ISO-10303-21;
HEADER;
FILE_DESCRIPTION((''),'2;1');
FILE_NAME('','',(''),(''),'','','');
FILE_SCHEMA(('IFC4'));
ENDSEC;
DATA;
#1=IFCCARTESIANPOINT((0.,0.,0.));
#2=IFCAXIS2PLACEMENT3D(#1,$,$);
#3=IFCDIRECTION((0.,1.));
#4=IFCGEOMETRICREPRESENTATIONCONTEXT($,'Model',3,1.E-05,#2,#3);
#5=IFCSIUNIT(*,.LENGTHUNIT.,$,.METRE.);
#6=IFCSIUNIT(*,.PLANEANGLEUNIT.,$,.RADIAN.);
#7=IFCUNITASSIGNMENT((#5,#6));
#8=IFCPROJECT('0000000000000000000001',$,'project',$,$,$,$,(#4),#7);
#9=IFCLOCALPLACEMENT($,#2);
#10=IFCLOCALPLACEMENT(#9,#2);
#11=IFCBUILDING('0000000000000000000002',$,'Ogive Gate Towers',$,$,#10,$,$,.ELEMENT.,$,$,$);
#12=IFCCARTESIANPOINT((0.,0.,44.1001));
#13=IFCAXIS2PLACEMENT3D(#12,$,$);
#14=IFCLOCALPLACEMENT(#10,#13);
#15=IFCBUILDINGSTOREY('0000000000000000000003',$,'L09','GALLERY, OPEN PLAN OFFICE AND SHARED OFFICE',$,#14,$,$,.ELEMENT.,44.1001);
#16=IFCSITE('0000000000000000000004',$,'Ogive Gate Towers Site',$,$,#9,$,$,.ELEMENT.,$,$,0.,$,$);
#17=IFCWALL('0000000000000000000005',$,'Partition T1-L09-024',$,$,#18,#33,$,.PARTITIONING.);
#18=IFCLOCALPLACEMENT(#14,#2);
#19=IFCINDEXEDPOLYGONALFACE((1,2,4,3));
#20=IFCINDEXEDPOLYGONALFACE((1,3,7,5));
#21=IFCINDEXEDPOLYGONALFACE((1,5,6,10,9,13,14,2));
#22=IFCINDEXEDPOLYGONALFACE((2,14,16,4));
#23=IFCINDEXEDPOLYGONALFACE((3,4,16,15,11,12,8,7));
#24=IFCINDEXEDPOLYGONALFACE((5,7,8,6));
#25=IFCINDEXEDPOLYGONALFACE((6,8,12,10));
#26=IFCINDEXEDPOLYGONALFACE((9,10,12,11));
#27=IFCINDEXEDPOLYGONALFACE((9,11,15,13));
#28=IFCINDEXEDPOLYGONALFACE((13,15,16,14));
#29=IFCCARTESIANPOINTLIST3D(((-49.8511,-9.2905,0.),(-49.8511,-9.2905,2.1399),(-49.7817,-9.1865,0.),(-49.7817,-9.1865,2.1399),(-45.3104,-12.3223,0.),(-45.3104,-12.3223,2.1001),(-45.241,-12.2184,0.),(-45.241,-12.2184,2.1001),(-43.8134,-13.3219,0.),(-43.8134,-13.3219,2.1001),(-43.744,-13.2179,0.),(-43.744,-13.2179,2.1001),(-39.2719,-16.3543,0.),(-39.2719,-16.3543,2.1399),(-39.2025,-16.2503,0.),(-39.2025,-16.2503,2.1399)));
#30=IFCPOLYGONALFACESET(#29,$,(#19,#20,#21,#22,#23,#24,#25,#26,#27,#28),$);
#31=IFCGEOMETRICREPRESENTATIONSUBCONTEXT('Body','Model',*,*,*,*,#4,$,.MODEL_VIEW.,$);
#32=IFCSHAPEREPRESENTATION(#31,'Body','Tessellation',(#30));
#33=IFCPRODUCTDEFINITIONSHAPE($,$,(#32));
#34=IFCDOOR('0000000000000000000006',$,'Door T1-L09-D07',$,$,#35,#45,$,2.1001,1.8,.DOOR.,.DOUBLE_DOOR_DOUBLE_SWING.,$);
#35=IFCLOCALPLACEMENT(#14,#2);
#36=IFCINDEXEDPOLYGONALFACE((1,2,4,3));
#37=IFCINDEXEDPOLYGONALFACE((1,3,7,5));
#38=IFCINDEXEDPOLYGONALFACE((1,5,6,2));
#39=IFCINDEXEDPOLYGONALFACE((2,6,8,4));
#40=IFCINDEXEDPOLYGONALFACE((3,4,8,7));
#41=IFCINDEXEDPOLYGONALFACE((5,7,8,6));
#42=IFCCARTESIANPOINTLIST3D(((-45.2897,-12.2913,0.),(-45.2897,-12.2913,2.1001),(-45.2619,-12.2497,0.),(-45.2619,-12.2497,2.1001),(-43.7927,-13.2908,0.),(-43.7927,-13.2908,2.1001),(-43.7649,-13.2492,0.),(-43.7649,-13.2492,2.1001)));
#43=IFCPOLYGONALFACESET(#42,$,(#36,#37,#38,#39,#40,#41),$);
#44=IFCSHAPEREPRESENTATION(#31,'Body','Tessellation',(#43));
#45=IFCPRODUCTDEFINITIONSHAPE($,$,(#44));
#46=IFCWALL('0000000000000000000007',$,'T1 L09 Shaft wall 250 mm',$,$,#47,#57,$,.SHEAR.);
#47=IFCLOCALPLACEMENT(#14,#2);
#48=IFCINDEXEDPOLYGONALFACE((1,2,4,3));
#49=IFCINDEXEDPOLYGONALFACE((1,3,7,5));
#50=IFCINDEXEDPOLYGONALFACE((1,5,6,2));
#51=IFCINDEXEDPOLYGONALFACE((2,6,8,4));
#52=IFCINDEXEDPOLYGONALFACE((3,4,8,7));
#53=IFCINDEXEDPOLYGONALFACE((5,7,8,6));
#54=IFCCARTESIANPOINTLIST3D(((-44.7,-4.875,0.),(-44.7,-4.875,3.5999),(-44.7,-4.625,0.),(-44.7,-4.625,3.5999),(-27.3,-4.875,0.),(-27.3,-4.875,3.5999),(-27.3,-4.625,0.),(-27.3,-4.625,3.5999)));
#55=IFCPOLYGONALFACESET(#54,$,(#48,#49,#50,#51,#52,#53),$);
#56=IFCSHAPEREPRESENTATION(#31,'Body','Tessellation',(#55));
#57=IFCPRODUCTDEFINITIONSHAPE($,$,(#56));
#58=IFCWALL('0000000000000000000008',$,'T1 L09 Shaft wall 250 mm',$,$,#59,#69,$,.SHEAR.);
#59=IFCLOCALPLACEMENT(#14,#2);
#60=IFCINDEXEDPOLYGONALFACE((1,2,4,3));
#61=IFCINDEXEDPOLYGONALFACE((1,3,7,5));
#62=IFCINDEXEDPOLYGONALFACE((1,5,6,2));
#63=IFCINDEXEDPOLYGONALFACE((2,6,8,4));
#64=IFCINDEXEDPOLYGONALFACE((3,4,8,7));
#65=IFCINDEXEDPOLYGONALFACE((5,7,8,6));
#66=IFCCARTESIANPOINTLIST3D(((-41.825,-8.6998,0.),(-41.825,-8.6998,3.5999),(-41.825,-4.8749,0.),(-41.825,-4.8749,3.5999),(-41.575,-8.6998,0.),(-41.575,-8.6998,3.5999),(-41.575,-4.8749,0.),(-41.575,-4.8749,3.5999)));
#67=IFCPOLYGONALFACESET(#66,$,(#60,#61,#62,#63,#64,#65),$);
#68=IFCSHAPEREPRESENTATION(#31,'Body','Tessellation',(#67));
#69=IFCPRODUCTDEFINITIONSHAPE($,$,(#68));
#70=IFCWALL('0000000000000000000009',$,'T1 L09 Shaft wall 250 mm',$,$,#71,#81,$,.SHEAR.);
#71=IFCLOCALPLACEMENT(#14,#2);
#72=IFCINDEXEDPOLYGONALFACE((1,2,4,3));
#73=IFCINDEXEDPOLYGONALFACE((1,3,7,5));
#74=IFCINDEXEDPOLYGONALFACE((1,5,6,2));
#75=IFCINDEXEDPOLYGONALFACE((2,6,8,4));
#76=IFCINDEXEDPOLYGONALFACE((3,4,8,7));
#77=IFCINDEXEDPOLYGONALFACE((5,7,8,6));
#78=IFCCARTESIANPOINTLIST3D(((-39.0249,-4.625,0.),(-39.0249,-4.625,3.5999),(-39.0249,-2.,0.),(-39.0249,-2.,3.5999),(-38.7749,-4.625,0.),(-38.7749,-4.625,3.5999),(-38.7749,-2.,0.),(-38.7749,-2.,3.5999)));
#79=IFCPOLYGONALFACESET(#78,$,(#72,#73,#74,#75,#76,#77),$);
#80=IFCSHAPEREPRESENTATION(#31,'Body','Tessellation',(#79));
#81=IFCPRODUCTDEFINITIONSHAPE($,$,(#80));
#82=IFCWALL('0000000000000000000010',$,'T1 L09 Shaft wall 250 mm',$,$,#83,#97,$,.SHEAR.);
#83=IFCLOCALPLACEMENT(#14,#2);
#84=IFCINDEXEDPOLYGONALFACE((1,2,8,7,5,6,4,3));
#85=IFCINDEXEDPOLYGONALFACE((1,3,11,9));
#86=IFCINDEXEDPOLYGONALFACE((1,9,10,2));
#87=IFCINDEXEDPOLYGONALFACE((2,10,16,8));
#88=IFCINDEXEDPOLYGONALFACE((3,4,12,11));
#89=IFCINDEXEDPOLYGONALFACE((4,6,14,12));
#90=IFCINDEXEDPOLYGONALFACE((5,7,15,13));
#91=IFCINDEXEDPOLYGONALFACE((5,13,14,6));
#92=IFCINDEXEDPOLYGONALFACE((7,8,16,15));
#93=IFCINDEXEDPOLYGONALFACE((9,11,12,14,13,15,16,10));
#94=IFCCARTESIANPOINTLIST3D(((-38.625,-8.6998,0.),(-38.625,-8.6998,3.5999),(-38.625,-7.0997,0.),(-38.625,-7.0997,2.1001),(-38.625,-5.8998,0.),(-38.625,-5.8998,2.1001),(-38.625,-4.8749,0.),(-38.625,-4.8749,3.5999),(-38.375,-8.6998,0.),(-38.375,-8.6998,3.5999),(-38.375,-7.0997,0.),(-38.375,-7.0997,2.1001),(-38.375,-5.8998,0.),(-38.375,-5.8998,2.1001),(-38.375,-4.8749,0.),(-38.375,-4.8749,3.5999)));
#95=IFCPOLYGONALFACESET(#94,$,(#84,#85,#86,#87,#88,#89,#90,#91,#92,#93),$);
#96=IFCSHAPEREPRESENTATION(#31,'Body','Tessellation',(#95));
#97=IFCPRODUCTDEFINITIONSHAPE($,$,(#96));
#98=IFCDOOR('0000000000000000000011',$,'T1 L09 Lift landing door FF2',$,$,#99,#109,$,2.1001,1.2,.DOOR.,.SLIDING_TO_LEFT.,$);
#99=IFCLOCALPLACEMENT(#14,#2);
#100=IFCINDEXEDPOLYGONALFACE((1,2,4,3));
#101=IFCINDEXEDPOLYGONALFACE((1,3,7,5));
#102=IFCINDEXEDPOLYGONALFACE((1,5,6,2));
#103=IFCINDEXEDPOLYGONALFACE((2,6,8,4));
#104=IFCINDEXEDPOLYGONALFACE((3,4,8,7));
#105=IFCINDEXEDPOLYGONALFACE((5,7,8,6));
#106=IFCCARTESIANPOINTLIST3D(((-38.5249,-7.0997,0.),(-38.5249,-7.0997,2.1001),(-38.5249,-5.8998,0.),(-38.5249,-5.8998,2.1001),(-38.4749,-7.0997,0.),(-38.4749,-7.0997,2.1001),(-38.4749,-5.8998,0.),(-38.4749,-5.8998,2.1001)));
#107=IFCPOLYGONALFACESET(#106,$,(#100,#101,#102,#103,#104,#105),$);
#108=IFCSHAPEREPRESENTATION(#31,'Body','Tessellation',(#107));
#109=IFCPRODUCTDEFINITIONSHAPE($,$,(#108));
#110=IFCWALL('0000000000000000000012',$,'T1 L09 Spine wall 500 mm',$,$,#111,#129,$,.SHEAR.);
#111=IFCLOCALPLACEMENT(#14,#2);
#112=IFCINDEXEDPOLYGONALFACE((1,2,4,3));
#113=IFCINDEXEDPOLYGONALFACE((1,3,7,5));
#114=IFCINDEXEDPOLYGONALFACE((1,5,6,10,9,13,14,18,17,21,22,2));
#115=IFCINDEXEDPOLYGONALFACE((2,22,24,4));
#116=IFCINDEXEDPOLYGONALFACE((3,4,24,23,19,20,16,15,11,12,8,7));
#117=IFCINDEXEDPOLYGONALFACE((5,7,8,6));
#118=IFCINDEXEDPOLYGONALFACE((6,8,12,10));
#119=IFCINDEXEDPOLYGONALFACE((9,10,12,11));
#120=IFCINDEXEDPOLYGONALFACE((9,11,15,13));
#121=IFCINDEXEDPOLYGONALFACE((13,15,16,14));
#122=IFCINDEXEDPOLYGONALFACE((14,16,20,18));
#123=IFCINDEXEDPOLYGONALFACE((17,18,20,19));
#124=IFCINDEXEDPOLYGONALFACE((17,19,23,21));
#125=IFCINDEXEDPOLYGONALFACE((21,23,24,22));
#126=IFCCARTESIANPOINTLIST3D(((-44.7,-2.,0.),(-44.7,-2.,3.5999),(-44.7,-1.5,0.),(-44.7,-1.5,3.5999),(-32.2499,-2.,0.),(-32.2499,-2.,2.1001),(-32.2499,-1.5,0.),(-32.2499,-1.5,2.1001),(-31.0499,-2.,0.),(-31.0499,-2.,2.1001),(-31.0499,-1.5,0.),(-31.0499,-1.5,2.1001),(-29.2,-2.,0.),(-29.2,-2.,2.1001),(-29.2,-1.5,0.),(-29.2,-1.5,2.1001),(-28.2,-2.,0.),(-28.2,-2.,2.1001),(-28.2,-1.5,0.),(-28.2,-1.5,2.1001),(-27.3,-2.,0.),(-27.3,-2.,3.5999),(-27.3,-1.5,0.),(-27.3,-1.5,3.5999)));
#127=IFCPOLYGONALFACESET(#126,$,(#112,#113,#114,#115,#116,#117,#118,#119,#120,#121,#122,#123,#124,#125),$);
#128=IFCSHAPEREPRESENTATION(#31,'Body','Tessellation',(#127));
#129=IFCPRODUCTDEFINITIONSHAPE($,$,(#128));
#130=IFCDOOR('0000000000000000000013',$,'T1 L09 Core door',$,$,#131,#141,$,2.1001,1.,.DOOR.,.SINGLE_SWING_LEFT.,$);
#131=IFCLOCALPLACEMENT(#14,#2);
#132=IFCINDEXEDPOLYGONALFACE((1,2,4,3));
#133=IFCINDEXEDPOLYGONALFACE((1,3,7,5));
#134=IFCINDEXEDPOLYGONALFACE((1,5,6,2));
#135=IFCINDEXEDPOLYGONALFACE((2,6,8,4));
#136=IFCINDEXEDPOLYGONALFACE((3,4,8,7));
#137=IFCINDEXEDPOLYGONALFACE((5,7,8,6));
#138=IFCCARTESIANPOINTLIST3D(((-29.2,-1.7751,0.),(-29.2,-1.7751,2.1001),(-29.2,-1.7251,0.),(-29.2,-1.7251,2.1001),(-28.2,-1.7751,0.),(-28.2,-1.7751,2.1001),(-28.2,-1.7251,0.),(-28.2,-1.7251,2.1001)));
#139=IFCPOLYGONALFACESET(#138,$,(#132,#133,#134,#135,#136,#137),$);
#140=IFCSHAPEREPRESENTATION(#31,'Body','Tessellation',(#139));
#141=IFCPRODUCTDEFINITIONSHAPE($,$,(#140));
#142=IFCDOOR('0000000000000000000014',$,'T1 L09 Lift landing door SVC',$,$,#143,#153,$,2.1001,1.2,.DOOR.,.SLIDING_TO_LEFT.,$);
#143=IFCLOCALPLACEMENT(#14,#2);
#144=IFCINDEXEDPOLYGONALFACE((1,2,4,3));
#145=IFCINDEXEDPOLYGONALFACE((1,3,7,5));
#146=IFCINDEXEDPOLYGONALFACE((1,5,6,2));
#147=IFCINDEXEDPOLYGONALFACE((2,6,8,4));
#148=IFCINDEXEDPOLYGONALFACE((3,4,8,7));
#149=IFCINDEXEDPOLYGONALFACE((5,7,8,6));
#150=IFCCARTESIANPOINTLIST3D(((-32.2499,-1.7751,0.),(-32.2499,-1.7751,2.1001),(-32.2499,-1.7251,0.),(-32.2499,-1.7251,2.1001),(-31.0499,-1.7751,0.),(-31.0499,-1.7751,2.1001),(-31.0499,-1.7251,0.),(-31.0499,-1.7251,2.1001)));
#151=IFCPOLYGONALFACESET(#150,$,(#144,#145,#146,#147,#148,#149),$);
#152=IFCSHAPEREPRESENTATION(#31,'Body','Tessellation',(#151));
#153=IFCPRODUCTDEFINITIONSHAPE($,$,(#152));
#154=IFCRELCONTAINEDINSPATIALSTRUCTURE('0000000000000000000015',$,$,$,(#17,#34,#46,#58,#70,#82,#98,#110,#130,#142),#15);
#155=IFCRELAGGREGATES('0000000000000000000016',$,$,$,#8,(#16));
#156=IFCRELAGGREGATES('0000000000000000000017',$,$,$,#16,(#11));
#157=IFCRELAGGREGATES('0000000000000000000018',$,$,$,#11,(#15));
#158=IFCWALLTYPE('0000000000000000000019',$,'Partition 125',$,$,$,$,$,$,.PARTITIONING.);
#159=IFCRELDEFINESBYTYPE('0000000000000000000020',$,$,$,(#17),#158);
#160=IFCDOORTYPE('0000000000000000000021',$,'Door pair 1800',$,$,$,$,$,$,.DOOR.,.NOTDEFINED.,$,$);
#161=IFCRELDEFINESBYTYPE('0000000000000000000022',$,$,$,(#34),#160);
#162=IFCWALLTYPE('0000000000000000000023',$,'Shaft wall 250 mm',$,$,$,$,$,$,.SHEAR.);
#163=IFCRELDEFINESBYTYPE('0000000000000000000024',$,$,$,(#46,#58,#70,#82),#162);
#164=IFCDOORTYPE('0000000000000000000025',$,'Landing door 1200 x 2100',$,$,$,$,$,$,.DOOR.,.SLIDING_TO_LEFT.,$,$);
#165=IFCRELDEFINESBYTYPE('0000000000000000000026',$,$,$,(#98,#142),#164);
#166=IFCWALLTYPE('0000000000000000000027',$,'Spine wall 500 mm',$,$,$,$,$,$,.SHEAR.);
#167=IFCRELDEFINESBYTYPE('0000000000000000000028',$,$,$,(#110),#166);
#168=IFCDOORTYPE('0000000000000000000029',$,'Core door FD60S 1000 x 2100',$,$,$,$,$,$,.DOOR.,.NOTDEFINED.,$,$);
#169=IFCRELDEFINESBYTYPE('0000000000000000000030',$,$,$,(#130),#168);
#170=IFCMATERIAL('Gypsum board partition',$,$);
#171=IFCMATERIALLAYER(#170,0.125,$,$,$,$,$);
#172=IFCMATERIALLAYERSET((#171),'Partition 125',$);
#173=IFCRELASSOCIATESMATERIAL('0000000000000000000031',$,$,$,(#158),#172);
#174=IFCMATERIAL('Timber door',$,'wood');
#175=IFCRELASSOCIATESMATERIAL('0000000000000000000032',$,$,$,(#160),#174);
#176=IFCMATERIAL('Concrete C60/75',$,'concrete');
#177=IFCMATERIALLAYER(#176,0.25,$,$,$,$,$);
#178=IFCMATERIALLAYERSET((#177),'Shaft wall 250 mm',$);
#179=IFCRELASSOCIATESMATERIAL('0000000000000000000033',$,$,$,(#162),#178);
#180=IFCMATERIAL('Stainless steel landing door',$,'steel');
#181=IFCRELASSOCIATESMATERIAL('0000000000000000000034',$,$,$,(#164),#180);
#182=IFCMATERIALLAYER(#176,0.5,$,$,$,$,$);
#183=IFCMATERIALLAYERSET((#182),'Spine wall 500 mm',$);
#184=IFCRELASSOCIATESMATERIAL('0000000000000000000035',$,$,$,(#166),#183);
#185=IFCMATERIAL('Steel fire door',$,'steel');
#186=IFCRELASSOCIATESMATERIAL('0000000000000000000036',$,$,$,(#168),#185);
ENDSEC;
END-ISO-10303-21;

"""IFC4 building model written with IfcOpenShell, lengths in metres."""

from ifc_helpers import new_model, si_unit, direction, frame, frame_2d, origin, place, context, subcontext, project, spatial, rectangle, extrude, material, layer, layer_set, type_object, element, fill, save


model = new_model("IFC4")

# Units and contexts
model_context = context("Model", 3, precision=1e-05, world=origin(), true_north=direction((0.0, 1.0)))
body_context = subcontext(model_context, "Body", "Model", "MODEL_VIEW")
ifc_project = project(units=[si_unit("LENGTHUNIT", "METRE"), si_unit("PLANEANGLEUNIT", "RADIAN")], contexts=[model_context])

# Site, building, storey
site_placement = place(None, origin())
site = spatial("IfcSite", under=ifc_project, at=site_placement, Name="Ogive Gate Towers Site", CompositionType="ELEMENT", RefElevation=0.0)
building_placement = place(site_placement, origin())
building = spatial("IfcBuilding", under=site, at=building_placement, Name="Ogive Gate Towers", CompositionType="ELEMENT")
storey_placement = place(building_placement, frame((0.0, 0.0, 44.1001)))
storey = spatial("IfcBuildingStorey", under=building, at=storey_placement, Name="L09", Description="GALLERY, OPEN PLAN OFFICE AND SHARED OFFICE", CompositionType="ELEMENT", Elevation=44.1001)

# Shared definitions
ifc_material_1 = material(Name="Timber door", Category="wood")

# Shared definitions
ifc_material_2 = material(Name="Concrete C60/75", Category="concrete")
ifc_material_3 = material(Name="Steel fire door", Category="steel")

# Wall, opening, door
ifc_material_4 = material(Name="Gypsum board partition")
ifc_layer_1 = layer(ifc_material_4, 0.125)
ifc_layer_set_1 = layer_set([ifc_layer_1], Name="Partition 125")
wall_type_1 = type_object("IfcWallType", Name="Partition 125", PredefinedType="PARTITIONING", material=ifc_layer_set_1)
wall_1_placement = place(storey_placement, frame((-49.8164, -9.2385, 0.0), z_axis=(0.0, 0.0, 1.0), x_axis=(0.831651, -0.555298, 0.0)))
wall_1 = element("IfcWall", 1, at=wall_1_placement, inside=storey, type_object=wall_type_1, Name="Partition T1-L09-024", PredefinedType="PARTITIONING", context=body_context, shape_type="SweptSolid", body=[
    extrude(rectangle(XDim=12.7207, YDim=0.125, at=frame_2d((6.3604, 0.0))), origin(), (0.0, 0.0, 1.0), 2.1399),
])
opening_1_placement = place(wall_1_placement, frame((5.46, 0.0, 0.0)))
opening_1 = element("IfcOpeningElement", 2, at=opening_1_placement, cuts=wall_1, PredefinedType="OPENING", context=body_context, shape_type="SweptSolid", body=[
    extrude(rectangle(XDim=1.8, YDim=2.1001, at=frame_2d((0.8999, 1.05))), frame((0.0, 0.0725, 0.0), z_axis=(0.0, -1.0, 0.0), x_axis=(1.0, 0.0, 0.0)), (0.0, 0.0, 1.0), 0.145),
])
door_type_1 = type_object("IfcDoorType", Name="Door pair 1800", OperationType="NOTDEFINED", PredefinedType="DOOR", material=ifc_material_1)
door_1_placement = place(opening_1_placement, origin())
door_1 = element("IfcDoor", 3, at=door_1_placement, inside=storey, type_object=door_type_1, Name="Door T1-L09-D07", OperationType="DOUBLE_DOOR_DOUBLE_SWING", OverallHeight=2.1001, OverallWidth=1.8, PredefinedType="DOOR", context=body_context, shape_type="SweptSolid", body=[
    extrude(rectangle(XDim=1.8, YDim=2.1001, at=frame_2d((0.8999, 1.05))), frame((0.0, 0.0249, 0.0), z_axis=(0.0, -1.0, 0.0), x_axis=(1.0, 0.0, 0.0)), (0.0, 0.0, 1.0), 0.05),
])
fill(opening_1, door_1)

# Walls
ifc_layer_2 = layer(ifc_material_2, 0.25)
ifc_layer_set_2 = layer_set([ifc_layer_2], Name="Shaft wall 250 mm")
wall_type_2 = type_object("IfcWallType", Name="Shaft wall 250 mm", PredefinedType="SHEAR", material=ifc_layer_set_2)
wall_2_placement = place(storey_placement, frame((-44.7, -4.75, 0.0), z_axis=(0.0, 0.0, 1.0), x_axis=(1.0, 0.0, 0.0)))
element("IfcWall", 4, at=wall_2_placement, inside=storey, type_object=wall_type_2, Name="T1 L09 Shaft wall 250 mm", PredefinedType="SHEAR", context=body_context, shape_type="SweptSolid", body=[
    extrude(rectangle(XDim=17.3999, YDim=0.25, at=frame_2d((8.7, 0.0))), origin(), (0.0, 0.0, 1.0), 3.5999),
])
wall_3_placement = place(storey_placement, frame((-41.7, -8.7, 0.0), z_axis=(0.0, 0.0, 1.0), x_axis=(0.0, 1.0, 0.0)))
element("IfcWall", 5, at=wall_3_placement, inside=storey, type_object=wall_type_2, Name="T1 L09 Shaft wall 250 mm", PredefinedType="SHEAR", context=body_context, shape_type="SweptSolid", body=[
    extrude(rectangle(XDim=3.825, YDim=0.25, at=frame_2d((1.9126, 0.0))), origin(), (0.0, 0.0, 1.0), 3.5999),
])
wall_4_placement = place(storey_placement, frame((-38.8999, -4.625, 0.0), z_axis=(0.0, 0.0, 1.0), x_axis=(0.0, 1.0, 0.0)))
element("IfcWall", 6, at=wall_4_placement, inside=storey, type_object=wall_type_2, Name="T1 L09 Shaft wall 250 mm", PredefinedType="SHEAR", context=body_context, shape_type="SweptSolid", body=[
    extrude(rectangle(XDim=2.625, YDim=0.25, at=frame_2d((1.3125, 0.0))), origin(), (0.0, 0.0, 1.0), 3.5999),
])

# Wall, opening, door
wall_5_placement = place(storey_placement, frame((-38.5, -8.7, 0.0), z_axis=(0.0, 0.0, 1.0), x_axis=(0.0, 1.0, 0.0)))
wall_5 = element("IfcWall", 7, at=wall_5_placement, inside=storey, type_object=wall_type_2, Name="T1 L09 Shaft wall 250 mm", PredefinedType="SHEAR", context=body_context, shape_type="SweptSolid", body=[
    extrude(rectangle(XDim=3.825, YDim=0.25, at=frame_2d((1.9126, 0.0))), origin(), (0.0, 0.0, 1.0), 3.5999),
])
opening_2_placement = place(wall_5_placement, frame((1.6001, 0.0, 0.0)))
opening_2 = element("IfcOpeningElement", 8, at=opening_2_placement, cuts=wall_5, PredefinedType="OPENING", context=body_context, shape_type="SweptSolid", body=[
    extrude(rectangle(XDim=1.2, YDim=2.1001, at=frame_2d((0.6001, 1.05))), frame((0.0, 0.135, 0.0), z_axis=(0.0, -1.0, 0.0), x_axis=(1.0, 0.0, 0.0)), (0.0, 0.0, 1.0), 0.27),
])
ifc_material_5 = material(Name="Stainless steel landing door", Category="steel")
door_type_2 = type_object("IfcDoorType", Name="Landing door 1200 x 2100", OperationType="SLIDING_TO_LEFT", PredefinedType="DOOR", material=ifc_material_5)
door_2_placement = place(opening_2_placement, origin())
door_2 = element("IfcDoor", 9, at=door_2_placement, inside=storey, type_object=door_type_2, Name="T1 L09 Lift landing door FF2", OperationType="SLIDING_TO_LEFT", OverallHeight=2.1001, OverallWidth=1.2, PredefinedType="DOOR", context=body_context, shape_type="SweptSolid", body=[
    extrude(rectangle(XDim=1.2, YDim=2.1001, at=frame_2d((0.6001, 1.05))), frame((0.0, 0.0249, 0.0), z_axis=(0.0, -1.0, 0.0), x_axis=(1.0, 0.0, 0.0)), (0.0, 0.0, 1.0), 0.05),
])
fill(opening_2, door_2)

# Wall, openings, doors
ifc_layer_3 = layer(ifc_material_2, 0.5)
ifc_layer_set_3 = layer_set([ifc_layer_3], Name="Spine wall 500 mm")
wall_type_3 = type_object("IfcWallType", Name="Spine wall 500 mm", PredefinedType="SHEAR", material=ifc_layer_set_3)
wall_6_placement = place(storey_placement, frame((-44.7, -1.75, 0.0), z_axis=(0.0, 0.0, 1.0), x_axis=(1.0, 0.0, 0.0)))
wall_6 = element("IfcWall", 10, at=wall_6_placement, inside=storey, type_object=wall_type_3, Name="T1 L09 Spine wall 500 mm", PredefinedType="SHEAR", context=body_context, shape_type="SweptSolid", body=[
    extrude(rectangle(XDim=17.3999, YDim=0.5, at=frame_2d((8.7, 0.0))), origin(), (0.0, 0.0, 1.0), 3.5999),
])
opening_3_placement = place(wall_6_placement, frame((12.45, 0.0, 0.0)))
opening_3 = element("IfcOpeningElement", 11, at=opening_3_placement, cuts=wall_6, PredefinedType="OPENING", context=body_context, shape_type="SweptSolid", body=[
    extrude(rectangle(XDim=1.2, YDim=2.1001, at=frame_2d((0.6001, 1.05))), frame((0.0, 0.26, 0.0), z_axis=(0.0, -1.0, 0.0), x_axis=(1.0, 0.0, 0.0)), (0.0, 0.0, 1.0), 0.52),
])
opening_4_placement = place(wall_6_placement, frame((15.5, 0.0, 0.0)))
opening_4 = element("IfcOpeningElement", 12, at=opening_4_placement, cuts=wall_6, PredefinedType="OPENING", context=body_context, shape_type="SweptSolid", body=[
    extrude(rectangle(XDim=1.0, YDim=2.1001, at=frame_2d((0.5, 1.05))), frame((0.0, 0.26, 0.0), z_axis=(0.0, -1.0, 0.0), x_axis=(1.0, 0.0, 0.0)), (0.0, 0.0, 1.0), 0.52),
])
door_type_3 = type_object("IfcDoorType", Name="Core door FD60S 1000 x 2100", OperationType="NOTDEFINED", PredefinedType="DOOR", material=ifc_material_3)
door_3_placement = place(opening_4_placement, origin())
door_3 = element("IfcDoor", 13, at=door_3_placement, inside=storey, type_object=door_type_3, Name="T1 L09 Core door", OperationType="SINGLE_SWING_LEFT", OverallHeight=2.1001, OverallWidth=1.0, PredefinedType="DOOR", context=body_context, shape_type="SweptSolid", body=[
    extrude(rectangle(XDim=1.0, YDim=2.1001, at=frame_2d((0.5, 1.05))), frame((0.0, 0.0249, 0.0), z_axis=(0.0, -1.0, 0.0), x_axis=(1.0, 0.0, 0.0)), (0.0, 0.0, 1.0), 0.05),
])
fill(opening_4, door_3)
door_4_placement = place(opening_3_placement, origin())
door_4 = element("IfcDoor", 14, at=door_4_placement, inside=storey, type_object=door_type_2, Name="T1 L09 Lift landing door SVC", OperationType="SLIDING_TO_LEFT", OverallHeight=2.1001, OverallWidth=1.2, PredefinedType="DOOR", context=body_context, shape_type="SweptSolid", body=[
    extrude(rectangle(XDim=1.2, YDim=2.1001, at=frame_2d((0.6001, 1.05))), frame((0.0, 0.0249, 0.0), z_axis=(0.0, -1.0, 0.0), x_axis=(1.0, 0.0, 0.0)), (0.0, 0.0, 1.0), 0.05),
])
fill(opening_3, door_4)

save(model, "model.ifc")
